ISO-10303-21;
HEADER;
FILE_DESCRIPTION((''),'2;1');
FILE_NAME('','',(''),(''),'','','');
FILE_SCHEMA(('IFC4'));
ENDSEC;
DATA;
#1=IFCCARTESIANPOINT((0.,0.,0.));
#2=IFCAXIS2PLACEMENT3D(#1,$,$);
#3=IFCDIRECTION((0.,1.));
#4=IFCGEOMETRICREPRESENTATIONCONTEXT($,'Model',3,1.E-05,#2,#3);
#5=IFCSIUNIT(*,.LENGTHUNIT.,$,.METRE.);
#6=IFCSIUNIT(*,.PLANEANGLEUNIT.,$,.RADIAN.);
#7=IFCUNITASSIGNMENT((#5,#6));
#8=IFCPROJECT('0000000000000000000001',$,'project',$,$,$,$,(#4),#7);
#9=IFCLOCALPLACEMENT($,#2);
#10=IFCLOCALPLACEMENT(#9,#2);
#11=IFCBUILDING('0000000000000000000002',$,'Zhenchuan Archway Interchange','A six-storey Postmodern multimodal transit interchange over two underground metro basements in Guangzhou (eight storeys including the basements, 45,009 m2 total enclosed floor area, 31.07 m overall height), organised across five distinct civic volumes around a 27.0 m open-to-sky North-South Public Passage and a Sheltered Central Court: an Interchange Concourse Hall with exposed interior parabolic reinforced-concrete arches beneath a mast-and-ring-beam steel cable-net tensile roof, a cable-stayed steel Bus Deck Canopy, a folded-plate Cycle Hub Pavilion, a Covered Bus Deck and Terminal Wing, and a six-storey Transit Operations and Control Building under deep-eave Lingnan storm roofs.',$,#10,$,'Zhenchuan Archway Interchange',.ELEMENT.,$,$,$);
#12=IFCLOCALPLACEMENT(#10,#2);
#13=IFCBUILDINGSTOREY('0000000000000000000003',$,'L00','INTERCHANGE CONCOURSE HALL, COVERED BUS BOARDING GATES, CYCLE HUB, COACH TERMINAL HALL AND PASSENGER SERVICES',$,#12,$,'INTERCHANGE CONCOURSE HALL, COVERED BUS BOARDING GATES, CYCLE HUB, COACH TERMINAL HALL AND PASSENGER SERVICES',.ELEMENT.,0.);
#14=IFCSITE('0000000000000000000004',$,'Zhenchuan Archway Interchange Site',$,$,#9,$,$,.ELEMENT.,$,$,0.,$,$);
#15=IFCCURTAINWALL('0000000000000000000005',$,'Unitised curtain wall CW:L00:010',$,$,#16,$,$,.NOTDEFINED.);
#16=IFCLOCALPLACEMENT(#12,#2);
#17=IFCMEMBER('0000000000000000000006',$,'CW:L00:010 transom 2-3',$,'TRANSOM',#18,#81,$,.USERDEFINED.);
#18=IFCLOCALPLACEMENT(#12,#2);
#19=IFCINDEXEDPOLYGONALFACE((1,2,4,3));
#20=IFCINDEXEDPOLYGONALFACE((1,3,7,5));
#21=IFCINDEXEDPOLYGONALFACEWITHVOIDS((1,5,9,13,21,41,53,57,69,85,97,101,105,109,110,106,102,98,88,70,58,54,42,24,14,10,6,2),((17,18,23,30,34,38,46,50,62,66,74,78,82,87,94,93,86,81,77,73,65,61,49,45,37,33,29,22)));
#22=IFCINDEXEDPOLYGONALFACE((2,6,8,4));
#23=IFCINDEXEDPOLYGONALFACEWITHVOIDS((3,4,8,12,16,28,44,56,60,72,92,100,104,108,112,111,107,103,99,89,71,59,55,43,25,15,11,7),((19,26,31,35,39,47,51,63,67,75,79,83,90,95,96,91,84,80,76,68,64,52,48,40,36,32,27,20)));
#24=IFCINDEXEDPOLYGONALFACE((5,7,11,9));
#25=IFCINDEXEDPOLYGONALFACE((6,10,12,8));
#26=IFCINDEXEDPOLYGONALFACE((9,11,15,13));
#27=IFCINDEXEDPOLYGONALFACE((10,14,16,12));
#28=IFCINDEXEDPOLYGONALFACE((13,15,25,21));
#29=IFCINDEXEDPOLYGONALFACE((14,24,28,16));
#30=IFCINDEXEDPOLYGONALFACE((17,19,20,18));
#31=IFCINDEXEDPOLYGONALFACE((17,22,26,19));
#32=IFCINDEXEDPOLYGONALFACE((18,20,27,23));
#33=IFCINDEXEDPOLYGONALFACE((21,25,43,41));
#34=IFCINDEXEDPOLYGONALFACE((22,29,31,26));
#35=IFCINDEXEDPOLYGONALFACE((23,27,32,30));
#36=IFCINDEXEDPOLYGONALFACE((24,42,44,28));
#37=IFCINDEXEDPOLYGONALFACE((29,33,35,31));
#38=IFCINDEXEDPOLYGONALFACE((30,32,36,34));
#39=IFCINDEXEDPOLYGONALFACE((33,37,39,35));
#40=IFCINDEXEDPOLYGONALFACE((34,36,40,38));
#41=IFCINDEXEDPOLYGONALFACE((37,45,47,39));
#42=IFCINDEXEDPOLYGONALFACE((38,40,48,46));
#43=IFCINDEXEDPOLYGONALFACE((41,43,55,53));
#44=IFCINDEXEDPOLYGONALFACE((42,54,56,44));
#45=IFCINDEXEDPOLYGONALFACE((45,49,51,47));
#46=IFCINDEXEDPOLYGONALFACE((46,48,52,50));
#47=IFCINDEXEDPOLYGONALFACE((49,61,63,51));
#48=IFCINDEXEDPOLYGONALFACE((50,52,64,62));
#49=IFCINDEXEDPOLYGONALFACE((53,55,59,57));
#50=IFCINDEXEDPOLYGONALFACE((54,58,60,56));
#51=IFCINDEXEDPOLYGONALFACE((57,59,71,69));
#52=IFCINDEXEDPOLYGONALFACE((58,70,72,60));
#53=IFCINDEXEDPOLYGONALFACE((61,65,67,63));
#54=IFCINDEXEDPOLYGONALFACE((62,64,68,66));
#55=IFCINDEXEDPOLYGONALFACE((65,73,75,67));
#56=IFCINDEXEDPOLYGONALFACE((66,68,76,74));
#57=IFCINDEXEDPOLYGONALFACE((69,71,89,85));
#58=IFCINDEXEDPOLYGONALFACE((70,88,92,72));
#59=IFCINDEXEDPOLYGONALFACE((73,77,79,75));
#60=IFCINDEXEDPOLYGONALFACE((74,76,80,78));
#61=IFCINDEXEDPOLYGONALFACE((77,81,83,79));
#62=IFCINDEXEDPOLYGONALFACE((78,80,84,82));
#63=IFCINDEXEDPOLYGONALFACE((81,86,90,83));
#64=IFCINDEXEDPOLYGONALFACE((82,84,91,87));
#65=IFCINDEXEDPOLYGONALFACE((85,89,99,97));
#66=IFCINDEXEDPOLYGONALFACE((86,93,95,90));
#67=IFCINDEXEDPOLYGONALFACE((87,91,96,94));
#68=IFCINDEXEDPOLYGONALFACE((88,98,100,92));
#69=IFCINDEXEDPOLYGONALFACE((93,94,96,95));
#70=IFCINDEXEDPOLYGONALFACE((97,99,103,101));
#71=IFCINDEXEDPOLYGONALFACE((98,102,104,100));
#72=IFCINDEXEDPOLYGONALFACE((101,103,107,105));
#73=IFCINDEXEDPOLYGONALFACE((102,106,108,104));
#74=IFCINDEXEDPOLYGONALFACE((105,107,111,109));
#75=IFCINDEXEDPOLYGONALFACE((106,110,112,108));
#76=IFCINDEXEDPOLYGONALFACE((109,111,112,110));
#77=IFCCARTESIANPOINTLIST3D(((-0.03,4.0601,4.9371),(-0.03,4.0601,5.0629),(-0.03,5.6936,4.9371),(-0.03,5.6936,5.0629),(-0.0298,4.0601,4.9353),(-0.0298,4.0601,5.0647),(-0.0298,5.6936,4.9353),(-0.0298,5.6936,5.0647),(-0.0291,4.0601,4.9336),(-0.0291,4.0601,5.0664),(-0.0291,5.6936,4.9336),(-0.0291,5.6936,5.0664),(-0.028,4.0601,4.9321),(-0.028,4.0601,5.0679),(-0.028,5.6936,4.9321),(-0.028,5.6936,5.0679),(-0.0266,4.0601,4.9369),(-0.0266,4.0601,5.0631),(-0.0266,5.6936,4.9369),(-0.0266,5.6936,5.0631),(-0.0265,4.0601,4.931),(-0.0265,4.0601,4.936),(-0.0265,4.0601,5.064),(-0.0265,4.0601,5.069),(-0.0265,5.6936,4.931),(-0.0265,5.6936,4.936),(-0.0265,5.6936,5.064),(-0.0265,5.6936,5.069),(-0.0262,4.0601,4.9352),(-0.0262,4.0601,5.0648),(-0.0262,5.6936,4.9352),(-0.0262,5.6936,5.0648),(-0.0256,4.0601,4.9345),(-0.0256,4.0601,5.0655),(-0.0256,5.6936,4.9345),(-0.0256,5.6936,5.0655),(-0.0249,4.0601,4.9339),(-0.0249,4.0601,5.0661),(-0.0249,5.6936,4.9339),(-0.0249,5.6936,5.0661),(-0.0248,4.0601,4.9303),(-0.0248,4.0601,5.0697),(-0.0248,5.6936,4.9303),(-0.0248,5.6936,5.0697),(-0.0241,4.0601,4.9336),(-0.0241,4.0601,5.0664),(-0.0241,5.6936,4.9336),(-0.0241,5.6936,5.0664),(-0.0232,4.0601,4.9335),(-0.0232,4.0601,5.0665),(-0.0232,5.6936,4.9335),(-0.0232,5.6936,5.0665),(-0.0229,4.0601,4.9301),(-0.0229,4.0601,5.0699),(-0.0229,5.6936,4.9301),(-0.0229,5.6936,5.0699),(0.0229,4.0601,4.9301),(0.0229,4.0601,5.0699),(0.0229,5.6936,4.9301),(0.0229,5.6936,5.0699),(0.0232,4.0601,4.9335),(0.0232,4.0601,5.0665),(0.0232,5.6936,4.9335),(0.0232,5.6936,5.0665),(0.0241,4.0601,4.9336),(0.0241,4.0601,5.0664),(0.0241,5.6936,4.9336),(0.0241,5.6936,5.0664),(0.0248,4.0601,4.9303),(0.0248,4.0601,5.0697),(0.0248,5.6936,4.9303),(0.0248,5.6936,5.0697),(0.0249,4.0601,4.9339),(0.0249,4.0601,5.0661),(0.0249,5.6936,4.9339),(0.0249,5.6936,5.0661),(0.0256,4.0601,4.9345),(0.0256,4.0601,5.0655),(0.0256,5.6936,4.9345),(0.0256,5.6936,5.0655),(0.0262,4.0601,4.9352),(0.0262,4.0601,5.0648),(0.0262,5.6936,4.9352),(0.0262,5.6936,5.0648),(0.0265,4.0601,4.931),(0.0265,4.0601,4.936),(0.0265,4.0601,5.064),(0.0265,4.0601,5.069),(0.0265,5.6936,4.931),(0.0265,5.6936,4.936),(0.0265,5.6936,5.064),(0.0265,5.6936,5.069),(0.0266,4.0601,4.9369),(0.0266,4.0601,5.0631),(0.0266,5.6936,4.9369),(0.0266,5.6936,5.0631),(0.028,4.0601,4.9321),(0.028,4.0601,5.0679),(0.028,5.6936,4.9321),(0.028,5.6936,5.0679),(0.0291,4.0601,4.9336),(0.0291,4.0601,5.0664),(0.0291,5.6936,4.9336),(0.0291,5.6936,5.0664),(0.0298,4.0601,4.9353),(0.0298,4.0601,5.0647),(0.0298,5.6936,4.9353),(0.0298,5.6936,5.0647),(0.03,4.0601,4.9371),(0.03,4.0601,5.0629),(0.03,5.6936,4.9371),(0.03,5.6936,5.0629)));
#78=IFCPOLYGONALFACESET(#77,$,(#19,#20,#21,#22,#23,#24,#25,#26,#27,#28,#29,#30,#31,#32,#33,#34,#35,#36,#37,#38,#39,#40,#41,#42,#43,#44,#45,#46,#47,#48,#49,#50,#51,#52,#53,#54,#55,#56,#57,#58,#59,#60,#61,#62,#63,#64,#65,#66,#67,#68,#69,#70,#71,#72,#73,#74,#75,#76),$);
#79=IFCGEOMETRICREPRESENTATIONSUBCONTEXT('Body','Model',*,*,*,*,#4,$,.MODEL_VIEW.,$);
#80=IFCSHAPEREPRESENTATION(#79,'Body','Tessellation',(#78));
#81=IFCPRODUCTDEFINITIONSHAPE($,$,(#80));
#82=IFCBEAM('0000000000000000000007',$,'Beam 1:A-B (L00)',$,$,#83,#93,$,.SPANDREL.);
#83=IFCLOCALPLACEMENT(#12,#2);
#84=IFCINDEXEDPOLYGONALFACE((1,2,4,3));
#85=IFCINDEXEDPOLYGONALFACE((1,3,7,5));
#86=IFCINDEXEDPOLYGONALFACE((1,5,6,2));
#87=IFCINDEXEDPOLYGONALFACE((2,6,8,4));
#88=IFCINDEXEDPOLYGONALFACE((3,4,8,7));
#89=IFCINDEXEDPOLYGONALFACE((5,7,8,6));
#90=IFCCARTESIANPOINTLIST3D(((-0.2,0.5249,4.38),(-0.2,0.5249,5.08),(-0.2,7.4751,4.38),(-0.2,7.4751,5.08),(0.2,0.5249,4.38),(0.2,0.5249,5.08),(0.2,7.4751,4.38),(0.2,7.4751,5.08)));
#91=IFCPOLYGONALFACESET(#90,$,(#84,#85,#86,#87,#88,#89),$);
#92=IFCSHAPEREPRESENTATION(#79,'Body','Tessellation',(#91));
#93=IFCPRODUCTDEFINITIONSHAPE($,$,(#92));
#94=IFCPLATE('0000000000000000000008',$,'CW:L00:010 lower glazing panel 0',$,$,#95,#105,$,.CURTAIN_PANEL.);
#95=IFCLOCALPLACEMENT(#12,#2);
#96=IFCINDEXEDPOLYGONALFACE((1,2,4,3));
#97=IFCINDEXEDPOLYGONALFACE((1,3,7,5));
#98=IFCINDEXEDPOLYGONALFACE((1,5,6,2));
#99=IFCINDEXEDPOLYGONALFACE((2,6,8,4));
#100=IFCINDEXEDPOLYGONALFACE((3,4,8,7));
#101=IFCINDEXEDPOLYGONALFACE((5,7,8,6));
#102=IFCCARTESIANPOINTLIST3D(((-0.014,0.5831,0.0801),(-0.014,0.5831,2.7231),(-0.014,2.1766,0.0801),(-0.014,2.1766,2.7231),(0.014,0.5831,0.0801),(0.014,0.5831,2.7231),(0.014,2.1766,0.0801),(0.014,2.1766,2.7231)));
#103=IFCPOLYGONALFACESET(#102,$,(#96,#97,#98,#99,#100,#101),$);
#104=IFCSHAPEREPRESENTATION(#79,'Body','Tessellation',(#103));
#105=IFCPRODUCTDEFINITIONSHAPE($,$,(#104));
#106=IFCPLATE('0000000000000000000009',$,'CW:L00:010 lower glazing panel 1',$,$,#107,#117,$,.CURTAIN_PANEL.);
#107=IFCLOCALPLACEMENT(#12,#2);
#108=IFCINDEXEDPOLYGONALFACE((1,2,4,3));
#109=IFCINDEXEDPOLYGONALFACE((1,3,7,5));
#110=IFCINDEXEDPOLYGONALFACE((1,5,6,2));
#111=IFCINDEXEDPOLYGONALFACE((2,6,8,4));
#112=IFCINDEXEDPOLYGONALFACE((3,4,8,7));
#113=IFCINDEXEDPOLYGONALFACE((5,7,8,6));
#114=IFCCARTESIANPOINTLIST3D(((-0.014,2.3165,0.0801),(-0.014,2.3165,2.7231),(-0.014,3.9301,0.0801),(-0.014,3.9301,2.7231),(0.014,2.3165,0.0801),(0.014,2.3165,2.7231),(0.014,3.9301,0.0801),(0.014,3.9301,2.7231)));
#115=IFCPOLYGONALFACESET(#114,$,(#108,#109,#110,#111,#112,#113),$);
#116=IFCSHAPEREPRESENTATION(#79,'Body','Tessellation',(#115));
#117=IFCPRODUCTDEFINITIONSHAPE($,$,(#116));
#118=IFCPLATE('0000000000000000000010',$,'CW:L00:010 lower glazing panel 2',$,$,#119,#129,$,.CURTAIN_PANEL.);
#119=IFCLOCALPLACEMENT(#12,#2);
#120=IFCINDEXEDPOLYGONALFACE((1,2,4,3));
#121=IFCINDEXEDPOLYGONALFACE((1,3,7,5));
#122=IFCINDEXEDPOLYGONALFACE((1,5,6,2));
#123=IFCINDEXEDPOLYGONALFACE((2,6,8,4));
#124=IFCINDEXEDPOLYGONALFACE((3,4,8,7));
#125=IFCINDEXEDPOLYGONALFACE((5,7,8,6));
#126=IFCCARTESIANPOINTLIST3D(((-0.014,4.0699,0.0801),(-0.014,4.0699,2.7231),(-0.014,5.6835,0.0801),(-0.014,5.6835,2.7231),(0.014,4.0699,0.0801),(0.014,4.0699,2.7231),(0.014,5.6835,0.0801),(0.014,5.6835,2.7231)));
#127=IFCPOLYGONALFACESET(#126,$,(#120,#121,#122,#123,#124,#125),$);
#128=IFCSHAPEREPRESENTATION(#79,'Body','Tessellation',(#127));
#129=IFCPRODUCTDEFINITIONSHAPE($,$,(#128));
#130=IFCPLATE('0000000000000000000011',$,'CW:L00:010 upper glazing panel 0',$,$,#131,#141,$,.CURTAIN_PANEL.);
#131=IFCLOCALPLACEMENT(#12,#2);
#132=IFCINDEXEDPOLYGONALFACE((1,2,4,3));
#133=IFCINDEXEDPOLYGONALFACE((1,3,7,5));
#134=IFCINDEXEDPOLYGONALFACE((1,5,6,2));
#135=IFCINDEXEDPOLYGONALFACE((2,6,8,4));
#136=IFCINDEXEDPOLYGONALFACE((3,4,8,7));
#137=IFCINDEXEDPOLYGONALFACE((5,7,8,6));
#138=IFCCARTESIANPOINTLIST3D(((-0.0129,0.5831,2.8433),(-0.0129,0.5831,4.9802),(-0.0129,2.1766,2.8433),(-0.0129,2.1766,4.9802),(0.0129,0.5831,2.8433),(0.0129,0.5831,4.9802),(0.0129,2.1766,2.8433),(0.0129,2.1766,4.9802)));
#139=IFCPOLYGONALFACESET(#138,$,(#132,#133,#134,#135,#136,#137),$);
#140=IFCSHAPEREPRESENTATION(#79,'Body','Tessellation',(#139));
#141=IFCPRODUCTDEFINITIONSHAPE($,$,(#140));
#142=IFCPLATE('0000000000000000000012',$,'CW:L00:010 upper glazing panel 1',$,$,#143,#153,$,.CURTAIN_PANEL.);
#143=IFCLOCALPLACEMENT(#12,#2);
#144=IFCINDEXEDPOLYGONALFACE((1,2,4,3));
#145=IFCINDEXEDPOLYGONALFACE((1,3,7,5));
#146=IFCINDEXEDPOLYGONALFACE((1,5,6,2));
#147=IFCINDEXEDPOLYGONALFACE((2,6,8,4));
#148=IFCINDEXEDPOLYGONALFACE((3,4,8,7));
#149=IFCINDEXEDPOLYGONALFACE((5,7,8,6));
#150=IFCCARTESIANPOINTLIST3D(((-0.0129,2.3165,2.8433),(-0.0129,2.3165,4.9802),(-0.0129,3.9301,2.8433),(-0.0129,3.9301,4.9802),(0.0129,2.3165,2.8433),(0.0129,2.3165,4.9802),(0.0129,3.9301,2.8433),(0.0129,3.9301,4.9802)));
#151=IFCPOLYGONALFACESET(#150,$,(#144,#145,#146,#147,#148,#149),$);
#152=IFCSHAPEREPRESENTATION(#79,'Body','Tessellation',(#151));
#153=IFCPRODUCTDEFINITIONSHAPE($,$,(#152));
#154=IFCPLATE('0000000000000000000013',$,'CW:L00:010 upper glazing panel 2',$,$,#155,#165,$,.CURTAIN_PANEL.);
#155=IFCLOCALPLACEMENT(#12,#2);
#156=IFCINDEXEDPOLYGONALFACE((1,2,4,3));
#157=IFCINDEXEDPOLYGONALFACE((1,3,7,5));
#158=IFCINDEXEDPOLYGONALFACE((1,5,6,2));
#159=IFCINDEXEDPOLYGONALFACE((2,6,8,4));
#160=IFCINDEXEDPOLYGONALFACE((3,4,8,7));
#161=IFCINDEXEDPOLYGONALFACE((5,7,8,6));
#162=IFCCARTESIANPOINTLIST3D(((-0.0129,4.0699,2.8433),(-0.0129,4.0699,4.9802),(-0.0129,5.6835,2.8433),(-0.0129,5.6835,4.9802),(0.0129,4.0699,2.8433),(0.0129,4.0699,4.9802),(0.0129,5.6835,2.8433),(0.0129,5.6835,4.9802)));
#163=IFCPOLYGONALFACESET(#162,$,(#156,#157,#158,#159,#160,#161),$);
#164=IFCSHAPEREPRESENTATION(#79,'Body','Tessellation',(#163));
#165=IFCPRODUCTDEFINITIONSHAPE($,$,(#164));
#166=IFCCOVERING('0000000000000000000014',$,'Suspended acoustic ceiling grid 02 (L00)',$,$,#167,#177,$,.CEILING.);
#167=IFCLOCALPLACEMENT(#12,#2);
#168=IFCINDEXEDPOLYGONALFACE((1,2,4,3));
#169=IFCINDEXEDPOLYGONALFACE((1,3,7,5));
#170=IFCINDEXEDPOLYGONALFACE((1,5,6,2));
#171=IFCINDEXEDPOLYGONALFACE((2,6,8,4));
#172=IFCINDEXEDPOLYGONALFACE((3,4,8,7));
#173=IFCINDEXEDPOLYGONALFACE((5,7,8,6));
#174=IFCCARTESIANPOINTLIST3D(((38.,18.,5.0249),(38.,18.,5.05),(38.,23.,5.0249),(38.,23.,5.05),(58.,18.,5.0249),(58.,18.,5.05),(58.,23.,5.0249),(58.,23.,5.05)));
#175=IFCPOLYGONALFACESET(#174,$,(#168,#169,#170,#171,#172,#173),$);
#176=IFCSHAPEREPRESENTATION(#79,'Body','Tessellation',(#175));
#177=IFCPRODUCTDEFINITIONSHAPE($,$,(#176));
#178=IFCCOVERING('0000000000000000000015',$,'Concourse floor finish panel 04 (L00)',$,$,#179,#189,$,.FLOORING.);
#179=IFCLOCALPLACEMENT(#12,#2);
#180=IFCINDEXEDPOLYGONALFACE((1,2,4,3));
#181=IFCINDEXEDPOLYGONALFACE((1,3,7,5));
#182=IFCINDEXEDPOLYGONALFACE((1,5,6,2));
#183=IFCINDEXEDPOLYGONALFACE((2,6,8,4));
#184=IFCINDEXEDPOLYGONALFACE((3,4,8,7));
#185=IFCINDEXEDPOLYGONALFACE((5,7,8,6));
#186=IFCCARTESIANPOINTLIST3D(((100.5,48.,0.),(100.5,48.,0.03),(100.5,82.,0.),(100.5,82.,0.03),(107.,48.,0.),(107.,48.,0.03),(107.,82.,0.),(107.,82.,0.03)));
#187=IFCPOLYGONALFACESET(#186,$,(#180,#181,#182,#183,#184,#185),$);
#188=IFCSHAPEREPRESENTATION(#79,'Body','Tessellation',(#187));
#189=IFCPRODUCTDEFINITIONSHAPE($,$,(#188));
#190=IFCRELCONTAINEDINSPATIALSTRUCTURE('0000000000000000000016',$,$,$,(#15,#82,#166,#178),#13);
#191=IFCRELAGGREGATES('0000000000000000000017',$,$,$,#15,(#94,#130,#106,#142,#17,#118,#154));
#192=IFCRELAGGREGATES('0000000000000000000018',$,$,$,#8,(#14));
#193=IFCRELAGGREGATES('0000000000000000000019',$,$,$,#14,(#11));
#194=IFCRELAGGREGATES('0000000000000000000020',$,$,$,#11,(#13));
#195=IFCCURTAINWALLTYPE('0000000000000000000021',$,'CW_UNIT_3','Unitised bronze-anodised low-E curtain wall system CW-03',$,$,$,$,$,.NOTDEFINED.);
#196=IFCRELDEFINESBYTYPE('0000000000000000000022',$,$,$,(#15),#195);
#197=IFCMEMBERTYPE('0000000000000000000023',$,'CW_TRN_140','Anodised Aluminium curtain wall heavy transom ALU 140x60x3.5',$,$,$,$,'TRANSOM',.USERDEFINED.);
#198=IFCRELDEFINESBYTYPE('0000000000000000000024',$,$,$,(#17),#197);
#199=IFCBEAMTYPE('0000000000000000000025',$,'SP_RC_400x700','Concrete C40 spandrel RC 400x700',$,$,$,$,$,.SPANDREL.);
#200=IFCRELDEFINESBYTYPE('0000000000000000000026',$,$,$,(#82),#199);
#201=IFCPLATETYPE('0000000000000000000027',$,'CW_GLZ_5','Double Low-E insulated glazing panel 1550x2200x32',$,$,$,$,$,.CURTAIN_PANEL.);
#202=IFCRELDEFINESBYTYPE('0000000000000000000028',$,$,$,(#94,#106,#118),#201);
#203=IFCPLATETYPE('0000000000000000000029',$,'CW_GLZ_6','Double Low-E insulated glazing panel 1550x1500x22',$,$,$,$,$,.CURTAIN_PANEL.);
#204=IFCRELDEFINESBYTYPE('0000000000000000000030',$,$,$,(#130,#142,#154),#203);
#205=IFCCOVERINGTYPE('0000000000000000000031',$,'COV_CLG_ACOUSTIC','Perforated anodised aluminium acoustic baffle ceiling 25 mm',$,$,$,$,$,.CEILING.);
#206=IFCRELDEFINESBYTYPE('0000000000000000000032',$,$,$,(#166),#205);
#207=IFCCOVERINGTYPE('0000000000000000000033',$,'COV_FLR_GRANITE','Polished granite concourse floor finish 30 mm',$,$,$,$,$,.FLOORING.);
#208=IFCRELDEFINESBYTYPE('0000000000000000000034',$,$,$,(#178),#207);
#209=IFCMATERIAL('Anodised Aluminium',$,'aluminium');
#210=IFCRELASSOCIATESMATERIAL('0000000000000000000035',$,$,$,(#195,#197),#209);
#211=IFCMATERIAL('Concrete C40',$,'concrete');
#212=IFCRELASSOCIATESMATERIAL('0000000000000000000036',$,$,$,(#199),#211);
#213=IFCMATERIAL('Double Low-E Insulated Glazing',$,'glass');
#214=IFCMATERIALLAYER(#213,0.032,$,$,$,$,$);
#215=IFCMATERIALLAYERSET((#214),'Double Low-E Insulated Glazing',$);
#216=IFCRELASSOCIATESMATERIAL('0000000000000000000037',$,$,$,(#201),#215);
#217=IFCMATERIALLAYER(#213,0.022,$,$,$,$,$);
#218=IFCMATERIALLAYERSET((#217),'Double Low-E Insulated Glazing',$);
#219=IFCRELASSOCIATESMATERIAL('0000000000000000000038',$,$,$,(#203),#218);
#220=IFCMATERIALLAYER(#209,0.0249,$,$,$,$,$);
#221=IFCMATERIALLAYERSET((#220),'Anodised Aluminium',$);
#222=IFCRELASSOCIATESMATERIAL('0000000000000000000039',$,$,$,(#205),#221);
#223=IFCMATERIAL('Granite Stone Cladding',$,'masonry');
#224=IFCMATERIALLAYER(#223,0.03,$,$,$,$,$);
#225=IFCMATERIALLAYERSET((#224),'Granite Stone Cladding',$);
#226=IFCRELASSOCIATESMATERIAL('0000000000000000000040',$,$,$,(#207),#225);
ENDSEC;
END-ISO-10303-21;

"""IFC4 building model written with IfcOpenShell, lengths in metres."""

from ifc_helpers import new_model, si_unit, direction, frame, origin, origin_2d, place, context, subcontext, project, spatial, polyline, rectangle, hollow_rectangle, outline, extrude, material, layer, layer_set, material_profile, profile_set, type_object, element, aggregate, save


model = new_model("IFC4")

# Units and contexts
model_context = context("Model", 3, precision=1e-05, world=origin(), true_north=direction((0.0, 1.0)))
body_context = subcontext(model_context, "Body", "Model", "MODEL_VIEW")
ifc_project = project(units=[si_unit("LENGTHUNIT", "METRE"), si_unit("PLANEANGLEUNIT", "RADIAN")], contexts=[model_context])

# Site, building, storey
site_placement = place(None, origin())
site = spatial("IfcSite", under=ifc_project, at=site_placement, Name="Zhenchuan Archway Interchange Site", CompositionType="ELEMENT", RefElevation=0.0)
building_placement = place(site_placement, origin())
building = spatial("IfcBuilding", under=site, at=building_placement, Name="Zhenchuan Archway Interchange", Description="A six-storey Postmodern multimodal transit interchange over two underground metro basements in Guangzhou (eight storeys including the basements, 45,009 m2 total enclosed floor area, 31.07 m overall height), organised across five distinct civic volumes around a 27.0 m open-to-sky North-South Public Passage and a Sheltered Central Court: an Interchange Concourse Hall with exposed interior parabolic reinforced-concrete arches beneath a mast-and-ring-beam steel cable-net tensile roof, a cable-stayed steel Bus Deck Canopy, a folded-plate Cycle Hub Pavilion, a Covered Bus Deck and Terminal Wing, and a six-storey Transit Operations and Control Building under deep-eave Lingnan storm roofs.", LongName="Zhenchuan Archway Interchange", CompositionType="ELEMENT")
storey_placement = place(building_placement, origin())
storey = spatial("IfcBuildingStorey", under=building, at=storey_placement, Name="L00", Description="INTERCHANGE CONCOURSE HALL, COVERED BUS BOARDING GATES, CYCLE HUB, COACH TERMINAL HALL AND PASSENGER SERVICES", LongName="INTERCHANGE CONCOURSE HALL, COVERED BUS BOARDING GATES, CYCLE HUB, COACH TERMINAL HALL AND PASSENGER SERVICES", CompositionType="ELEMENT", Elevation=0.0)

# Curtain wall, member
ifc_material_1 = material(Name="Anodised Aluminium", Category="aluminium")
curtain_wall_type = type_object("IfcCurtainWallType", Name="CW_UNIT_3", Description="Unitised bronze-anodised low-E curtain wall system CW-03", PredefinedType="NOTDEFINED", material=ifc_material_1)
curtain_wall_placement = place(storey_placement, origin())
curtain_wall = element("IfcCurtainWall", 1, at=curtain_wall_placement, inside=storey, type_object=curtain_wall_type, Name="Unitised curtain wall CW:L00:010", PredefinedType="NOTDEFINED")
ifc_material_profile_1 = material_profile(ifc_material_1, hollow_rectangle(XDim=0.0601, YDim=0.1399, WallThickness=0.0034, InnerFilletRadius=0.0034, OuterFilletRadius=0.0071, at=origin_2d()), Name="ALU 140x60x3.5")
ifc_profile_set_1 = profile_set([ifc_material_profile_1], Name="Anodised Aluminium")
member_type_1 = type_object("IfcMemberType", Name="CW_TRN_140", Description="Anodised Aluminium curtain wall heavy transom ALU 140x60x3.5", ElementType="TRANSOM", PredefinedType="USERDEFINED", material=ifc_profile_set_1)
member_1_placement = place(storey_placement, frame((0.0, 4.0601, 5.0), z_axis=(0.0, 1.0, 0.0), x_axis=(-1.0, 0.0, 0.0)))
member_1 = element("IfcMember", 2, at=member_1_placement, type_object=member_type_1, Name="CW:L00:010 transom 2-3", ObjectType="TRANSOM", PredefinedType="USERDEFINED", context=body_context, shape_type="SweptSolid", body=[
    extrude(hollow_rectangle(XDim=0.0601, YDim=0.1399, WallThickness=0.0034, InnerFilletRadius=0.0034, OuterFilletRadius=0.0071, at=origin_2d()), origin(), (0.0, 0.0, 1.0), 1.6335),
])

# Beam
ifc_material_2 = material(Name="Concrete C40", Category="concrete")
ifc_material_profile_2 = material_profile(ifc_material_2, rectangle(XDim=0.3999, YDim=0.7, at=origin_2d()), Name="RC 400x700")
ifc_profile_set_2 = profile_set([ifc_material_profile_2], Name="Concrete C40")
beam_type = type_object("IfcBeamType", Name="SP_RC_400x700", Description="Concrete C40 spandrel RC 400x700", PredefinedType="SPANDREL", material=ifc_profile_set_2)
beam_placement = place(storey_placement, frame((0.0, 0.5249, 4.73), z_axis=(0.0, 1.0, 0.0), x_axis=(-1.0, 0.0, 0.0)))
element("IfcBeam", 3, at=beam_placement, inside=storey, type_object=beam_type, Name="Beam 1:A-B (L00)", PredefinedType="SPANDREL", context=body_context, shape_type="SweptSolid", body=[
    extrude(rectangle(XDim=0.3999, YDim=0.7, at=origin_2d()), origin(), (0.0, 0.0, 1.0), 6.9502),
])

# Plates
ifc_material_3 = material(Name="Double Low-E Insulated Glazing", Category="glass")
ifc_layer_1 = layer(ifc_material_3, 0.032)
ifc_layer_set_1 = layer_set([ifc_layer_1], Name="Double Low-E Insulated Glazing")
plate_type_1 = type_object("IfcPlateType", Name="CW_GLZ_5", Description="Double Low-E insulated glazing panel 1550x2200x32", PredefinedType="CURTAIN_PANEL", material=ifc_layer_set_1)
plate_1_placement = place(storey_placement, frame((0.0, 1.3799, 0.0801), z_axis=(0.0, 0.0, 1.0), x_axis=(0.0, 1.0, 0.0)))
plate_1 = element("IfcPlate", 4, at=plate_1_placement, type_object=plate_type_1, Name="CW:L00:010 lower glazing panel 0", PredefinedType="CURTAIN_PANEL", context=body_context, shape_type="SweptSolid", body=[
    extrude(rectangle(XDim=1.5935, YDim=0.0281, at=origin_2d()), origin(), (0.0, 0.0, 1.0), 2.6431),
])
plate_2_placement = place(storey_placement, frame((0.0, 3.1233, 0.0801), z_axis=(0.0, 0.0, 1.0), x_axis=(0.0, 1.0, 0.0)))
plate_2 = element("IfcPlate", 5, at=plate_2_placement, type_object=plate_type_1, Name="CW:L00:010 lower glazing panel 1", PredefinedType="CURTAIN_PANEL", context=body_context, shape_type="SweptSolid", body=[
    extrude(rectangle(XDim=1.6135, YDim=0.0281, at=origin_2d()), origin(), (0.0, 0.0, 1.0), 2.6431),
])
plate_3_placement = place(storey_placement, frame((0.0, 4.8767, 0.0801), z_axis=(0.0, 0.0, 1.0), x_axis=(0.0, 1.0, 0.0)))
plate_3 = element("IfcPlate", 6, at=plate_3_placement, type_object=plate_type_1, Name="CW:L00:010 lower glazing panel 2", PredefinedType="CURTAIN_PANEL", context=body_context, shape_type="SweptSolid", body=[
    extrude(rectangle(XDim=1.6135, YDim=0.0281, at=origin_2d()), origin(), (0.0, 0.0, 1.0), 2.6431),
])
ifc_layer_2 = layer(ifc_material_3, 0.022)
ifc_layer_set_2 = layer_set([ifc_layer_2], Name="Double Low-E Insulated Glazing")
plate_type_2 = type_object("IfcPlateType", Name="CW_GLZ_6", Description="Double Low-E insulated glazing panel 1550x1500x22", PredefinedType="CURTAIN_PANEL", material=ifc_layer_set_2)
plate_4_placement = place(storey_placement, frame((0.0, 1.3799, 2.8433), z_axis=(0.0, 0.0, 1.0), x_axis=(0.0, 1.0, 0.0)))
plate_4 = element("IfcPlate", 7, at=plate_4_placement, type_object=plate_type_2, Name="CW:L00:010 upper glazing panel 0", PredefinedType="CURTAIN_PANEL", context=body_context, shape_type="SweptSolid", body=[
    extrude(rectangle(XDim=1.5935, YDim=0.0259, at=origin_2d()), origin(), (0.0, 0.0, 1.0), 2.137),
])
plate_5_placement = place(storey_placement, frame((0.0, 3.1233, 2.8433), z_axis=(0.0, 0.0, 1.0), x_axis=(0.0, 1.0, 0.0)))
plate_5 = element("IfcPlate", 8, at=plate_5_placement, type_object=plate_type_2, Name="CW:L00:010 upper glazing panel 1", PredefinedType="CURTAIN_PANEL", context=body_context, shape_type="SweptSolid", body=[
    extrude(rectangle(XDim=1.6135, YDim=0.0259, at=origin_2d()), origin(), (0.0, 0.0, 1.0), 2.137),
])
plate_6_placement = place(storey_placement, frame((0.0, 4.8767, 2.8433), z_axis=(0.0, 0.0, 1.0), x_axis=(0.0, 1.0, 0.0)))
plate_6 = element("IfcPlate", 9, at=plate_6_placement, type_object=plate_type_2, Name="CW:L00:010 upper glazing panel 2", PredefinedType="CURTAIN_PANEL", context=body_context, shape_type="SweptSolid", body=[
    extrude(rectangle(XDim=1.6135, YDim=0.0259, at=origin_2d()), origin(), (0.0, 0.0, 1.0), 2.137),
])
aggregate(curtain_wall, [plate_1, plate_4, plate_2, plate_5, member_1, plate_3, plate_6])

# Coverings
ifc_layer_3 = layer(ifc_material_1, 0.0249)
ifc_layer_set_3 = layer_set([ifc_layer_3], Name="Anodised Aluminium")
covering_type_1 = type_object("IfcCoveringType", Name="COV_CLG_ACOUSTIC", Description="Perforated anodised aluminium acoustic baffle ceiling 25 mm", PredefinedType="CEILING", material=ifc_layer_set_3)
covering_1_placement = place(storey_placement, frame((0.0, 0.0, 5.0249)))
element("IfcCovering", 10, at=covering_1_placement, inside=storey, type_object=covering_type_1, Name="Suspended acoustic ceiling grid 02 (L00)", PredefinedType="CEILING", context=body_context, shape_type="SweptSolid", body=[
    extrude(outline(polyline([(38.0, 18.0), (58.0, 18.0), (58.0, 23.0), (38.0, 23.0), (38.0, 18.0)])), origin(), (0.0, 0.0, 1.0), 0.0251),
])
ifc_material_4 = material(Name="Granite Stone Cladding", Category="masonry")
ifc_layer_4 = layer(ifc_material_4, 0.03)
ifc_layer_set_4 = layer_set([ifc_layer_4], Name="Granite Stone Cladding")
covering_type_2 = type_object("IfcCoveringType", Name="COV_FLR_GRANITE", Description="Polished granite concourse floor finish 30 mm", PredefinedType="FLOORING", material=ifc_layer_set_4)
covering_2_placement = place(storey_placement, origin())
element("IfcCovering", 11, at=covering_2_placement, inside=storey, type_object=covering_type_2, Name="Concourse floor finish panel 04 (L00)", PredefinedType="FLOORING", context=body_context, shape_type="SweptSolid", body=[
    extrude(outline(polyline([(100.5, 48.0), (107.0, 48.0), (107.0, 82.0), (100.5, 82.0), (100.5, 48.0)])), origin(), (0.0, 0.0, 1.0), 0.03),
])

save(model, "model.ifc")
